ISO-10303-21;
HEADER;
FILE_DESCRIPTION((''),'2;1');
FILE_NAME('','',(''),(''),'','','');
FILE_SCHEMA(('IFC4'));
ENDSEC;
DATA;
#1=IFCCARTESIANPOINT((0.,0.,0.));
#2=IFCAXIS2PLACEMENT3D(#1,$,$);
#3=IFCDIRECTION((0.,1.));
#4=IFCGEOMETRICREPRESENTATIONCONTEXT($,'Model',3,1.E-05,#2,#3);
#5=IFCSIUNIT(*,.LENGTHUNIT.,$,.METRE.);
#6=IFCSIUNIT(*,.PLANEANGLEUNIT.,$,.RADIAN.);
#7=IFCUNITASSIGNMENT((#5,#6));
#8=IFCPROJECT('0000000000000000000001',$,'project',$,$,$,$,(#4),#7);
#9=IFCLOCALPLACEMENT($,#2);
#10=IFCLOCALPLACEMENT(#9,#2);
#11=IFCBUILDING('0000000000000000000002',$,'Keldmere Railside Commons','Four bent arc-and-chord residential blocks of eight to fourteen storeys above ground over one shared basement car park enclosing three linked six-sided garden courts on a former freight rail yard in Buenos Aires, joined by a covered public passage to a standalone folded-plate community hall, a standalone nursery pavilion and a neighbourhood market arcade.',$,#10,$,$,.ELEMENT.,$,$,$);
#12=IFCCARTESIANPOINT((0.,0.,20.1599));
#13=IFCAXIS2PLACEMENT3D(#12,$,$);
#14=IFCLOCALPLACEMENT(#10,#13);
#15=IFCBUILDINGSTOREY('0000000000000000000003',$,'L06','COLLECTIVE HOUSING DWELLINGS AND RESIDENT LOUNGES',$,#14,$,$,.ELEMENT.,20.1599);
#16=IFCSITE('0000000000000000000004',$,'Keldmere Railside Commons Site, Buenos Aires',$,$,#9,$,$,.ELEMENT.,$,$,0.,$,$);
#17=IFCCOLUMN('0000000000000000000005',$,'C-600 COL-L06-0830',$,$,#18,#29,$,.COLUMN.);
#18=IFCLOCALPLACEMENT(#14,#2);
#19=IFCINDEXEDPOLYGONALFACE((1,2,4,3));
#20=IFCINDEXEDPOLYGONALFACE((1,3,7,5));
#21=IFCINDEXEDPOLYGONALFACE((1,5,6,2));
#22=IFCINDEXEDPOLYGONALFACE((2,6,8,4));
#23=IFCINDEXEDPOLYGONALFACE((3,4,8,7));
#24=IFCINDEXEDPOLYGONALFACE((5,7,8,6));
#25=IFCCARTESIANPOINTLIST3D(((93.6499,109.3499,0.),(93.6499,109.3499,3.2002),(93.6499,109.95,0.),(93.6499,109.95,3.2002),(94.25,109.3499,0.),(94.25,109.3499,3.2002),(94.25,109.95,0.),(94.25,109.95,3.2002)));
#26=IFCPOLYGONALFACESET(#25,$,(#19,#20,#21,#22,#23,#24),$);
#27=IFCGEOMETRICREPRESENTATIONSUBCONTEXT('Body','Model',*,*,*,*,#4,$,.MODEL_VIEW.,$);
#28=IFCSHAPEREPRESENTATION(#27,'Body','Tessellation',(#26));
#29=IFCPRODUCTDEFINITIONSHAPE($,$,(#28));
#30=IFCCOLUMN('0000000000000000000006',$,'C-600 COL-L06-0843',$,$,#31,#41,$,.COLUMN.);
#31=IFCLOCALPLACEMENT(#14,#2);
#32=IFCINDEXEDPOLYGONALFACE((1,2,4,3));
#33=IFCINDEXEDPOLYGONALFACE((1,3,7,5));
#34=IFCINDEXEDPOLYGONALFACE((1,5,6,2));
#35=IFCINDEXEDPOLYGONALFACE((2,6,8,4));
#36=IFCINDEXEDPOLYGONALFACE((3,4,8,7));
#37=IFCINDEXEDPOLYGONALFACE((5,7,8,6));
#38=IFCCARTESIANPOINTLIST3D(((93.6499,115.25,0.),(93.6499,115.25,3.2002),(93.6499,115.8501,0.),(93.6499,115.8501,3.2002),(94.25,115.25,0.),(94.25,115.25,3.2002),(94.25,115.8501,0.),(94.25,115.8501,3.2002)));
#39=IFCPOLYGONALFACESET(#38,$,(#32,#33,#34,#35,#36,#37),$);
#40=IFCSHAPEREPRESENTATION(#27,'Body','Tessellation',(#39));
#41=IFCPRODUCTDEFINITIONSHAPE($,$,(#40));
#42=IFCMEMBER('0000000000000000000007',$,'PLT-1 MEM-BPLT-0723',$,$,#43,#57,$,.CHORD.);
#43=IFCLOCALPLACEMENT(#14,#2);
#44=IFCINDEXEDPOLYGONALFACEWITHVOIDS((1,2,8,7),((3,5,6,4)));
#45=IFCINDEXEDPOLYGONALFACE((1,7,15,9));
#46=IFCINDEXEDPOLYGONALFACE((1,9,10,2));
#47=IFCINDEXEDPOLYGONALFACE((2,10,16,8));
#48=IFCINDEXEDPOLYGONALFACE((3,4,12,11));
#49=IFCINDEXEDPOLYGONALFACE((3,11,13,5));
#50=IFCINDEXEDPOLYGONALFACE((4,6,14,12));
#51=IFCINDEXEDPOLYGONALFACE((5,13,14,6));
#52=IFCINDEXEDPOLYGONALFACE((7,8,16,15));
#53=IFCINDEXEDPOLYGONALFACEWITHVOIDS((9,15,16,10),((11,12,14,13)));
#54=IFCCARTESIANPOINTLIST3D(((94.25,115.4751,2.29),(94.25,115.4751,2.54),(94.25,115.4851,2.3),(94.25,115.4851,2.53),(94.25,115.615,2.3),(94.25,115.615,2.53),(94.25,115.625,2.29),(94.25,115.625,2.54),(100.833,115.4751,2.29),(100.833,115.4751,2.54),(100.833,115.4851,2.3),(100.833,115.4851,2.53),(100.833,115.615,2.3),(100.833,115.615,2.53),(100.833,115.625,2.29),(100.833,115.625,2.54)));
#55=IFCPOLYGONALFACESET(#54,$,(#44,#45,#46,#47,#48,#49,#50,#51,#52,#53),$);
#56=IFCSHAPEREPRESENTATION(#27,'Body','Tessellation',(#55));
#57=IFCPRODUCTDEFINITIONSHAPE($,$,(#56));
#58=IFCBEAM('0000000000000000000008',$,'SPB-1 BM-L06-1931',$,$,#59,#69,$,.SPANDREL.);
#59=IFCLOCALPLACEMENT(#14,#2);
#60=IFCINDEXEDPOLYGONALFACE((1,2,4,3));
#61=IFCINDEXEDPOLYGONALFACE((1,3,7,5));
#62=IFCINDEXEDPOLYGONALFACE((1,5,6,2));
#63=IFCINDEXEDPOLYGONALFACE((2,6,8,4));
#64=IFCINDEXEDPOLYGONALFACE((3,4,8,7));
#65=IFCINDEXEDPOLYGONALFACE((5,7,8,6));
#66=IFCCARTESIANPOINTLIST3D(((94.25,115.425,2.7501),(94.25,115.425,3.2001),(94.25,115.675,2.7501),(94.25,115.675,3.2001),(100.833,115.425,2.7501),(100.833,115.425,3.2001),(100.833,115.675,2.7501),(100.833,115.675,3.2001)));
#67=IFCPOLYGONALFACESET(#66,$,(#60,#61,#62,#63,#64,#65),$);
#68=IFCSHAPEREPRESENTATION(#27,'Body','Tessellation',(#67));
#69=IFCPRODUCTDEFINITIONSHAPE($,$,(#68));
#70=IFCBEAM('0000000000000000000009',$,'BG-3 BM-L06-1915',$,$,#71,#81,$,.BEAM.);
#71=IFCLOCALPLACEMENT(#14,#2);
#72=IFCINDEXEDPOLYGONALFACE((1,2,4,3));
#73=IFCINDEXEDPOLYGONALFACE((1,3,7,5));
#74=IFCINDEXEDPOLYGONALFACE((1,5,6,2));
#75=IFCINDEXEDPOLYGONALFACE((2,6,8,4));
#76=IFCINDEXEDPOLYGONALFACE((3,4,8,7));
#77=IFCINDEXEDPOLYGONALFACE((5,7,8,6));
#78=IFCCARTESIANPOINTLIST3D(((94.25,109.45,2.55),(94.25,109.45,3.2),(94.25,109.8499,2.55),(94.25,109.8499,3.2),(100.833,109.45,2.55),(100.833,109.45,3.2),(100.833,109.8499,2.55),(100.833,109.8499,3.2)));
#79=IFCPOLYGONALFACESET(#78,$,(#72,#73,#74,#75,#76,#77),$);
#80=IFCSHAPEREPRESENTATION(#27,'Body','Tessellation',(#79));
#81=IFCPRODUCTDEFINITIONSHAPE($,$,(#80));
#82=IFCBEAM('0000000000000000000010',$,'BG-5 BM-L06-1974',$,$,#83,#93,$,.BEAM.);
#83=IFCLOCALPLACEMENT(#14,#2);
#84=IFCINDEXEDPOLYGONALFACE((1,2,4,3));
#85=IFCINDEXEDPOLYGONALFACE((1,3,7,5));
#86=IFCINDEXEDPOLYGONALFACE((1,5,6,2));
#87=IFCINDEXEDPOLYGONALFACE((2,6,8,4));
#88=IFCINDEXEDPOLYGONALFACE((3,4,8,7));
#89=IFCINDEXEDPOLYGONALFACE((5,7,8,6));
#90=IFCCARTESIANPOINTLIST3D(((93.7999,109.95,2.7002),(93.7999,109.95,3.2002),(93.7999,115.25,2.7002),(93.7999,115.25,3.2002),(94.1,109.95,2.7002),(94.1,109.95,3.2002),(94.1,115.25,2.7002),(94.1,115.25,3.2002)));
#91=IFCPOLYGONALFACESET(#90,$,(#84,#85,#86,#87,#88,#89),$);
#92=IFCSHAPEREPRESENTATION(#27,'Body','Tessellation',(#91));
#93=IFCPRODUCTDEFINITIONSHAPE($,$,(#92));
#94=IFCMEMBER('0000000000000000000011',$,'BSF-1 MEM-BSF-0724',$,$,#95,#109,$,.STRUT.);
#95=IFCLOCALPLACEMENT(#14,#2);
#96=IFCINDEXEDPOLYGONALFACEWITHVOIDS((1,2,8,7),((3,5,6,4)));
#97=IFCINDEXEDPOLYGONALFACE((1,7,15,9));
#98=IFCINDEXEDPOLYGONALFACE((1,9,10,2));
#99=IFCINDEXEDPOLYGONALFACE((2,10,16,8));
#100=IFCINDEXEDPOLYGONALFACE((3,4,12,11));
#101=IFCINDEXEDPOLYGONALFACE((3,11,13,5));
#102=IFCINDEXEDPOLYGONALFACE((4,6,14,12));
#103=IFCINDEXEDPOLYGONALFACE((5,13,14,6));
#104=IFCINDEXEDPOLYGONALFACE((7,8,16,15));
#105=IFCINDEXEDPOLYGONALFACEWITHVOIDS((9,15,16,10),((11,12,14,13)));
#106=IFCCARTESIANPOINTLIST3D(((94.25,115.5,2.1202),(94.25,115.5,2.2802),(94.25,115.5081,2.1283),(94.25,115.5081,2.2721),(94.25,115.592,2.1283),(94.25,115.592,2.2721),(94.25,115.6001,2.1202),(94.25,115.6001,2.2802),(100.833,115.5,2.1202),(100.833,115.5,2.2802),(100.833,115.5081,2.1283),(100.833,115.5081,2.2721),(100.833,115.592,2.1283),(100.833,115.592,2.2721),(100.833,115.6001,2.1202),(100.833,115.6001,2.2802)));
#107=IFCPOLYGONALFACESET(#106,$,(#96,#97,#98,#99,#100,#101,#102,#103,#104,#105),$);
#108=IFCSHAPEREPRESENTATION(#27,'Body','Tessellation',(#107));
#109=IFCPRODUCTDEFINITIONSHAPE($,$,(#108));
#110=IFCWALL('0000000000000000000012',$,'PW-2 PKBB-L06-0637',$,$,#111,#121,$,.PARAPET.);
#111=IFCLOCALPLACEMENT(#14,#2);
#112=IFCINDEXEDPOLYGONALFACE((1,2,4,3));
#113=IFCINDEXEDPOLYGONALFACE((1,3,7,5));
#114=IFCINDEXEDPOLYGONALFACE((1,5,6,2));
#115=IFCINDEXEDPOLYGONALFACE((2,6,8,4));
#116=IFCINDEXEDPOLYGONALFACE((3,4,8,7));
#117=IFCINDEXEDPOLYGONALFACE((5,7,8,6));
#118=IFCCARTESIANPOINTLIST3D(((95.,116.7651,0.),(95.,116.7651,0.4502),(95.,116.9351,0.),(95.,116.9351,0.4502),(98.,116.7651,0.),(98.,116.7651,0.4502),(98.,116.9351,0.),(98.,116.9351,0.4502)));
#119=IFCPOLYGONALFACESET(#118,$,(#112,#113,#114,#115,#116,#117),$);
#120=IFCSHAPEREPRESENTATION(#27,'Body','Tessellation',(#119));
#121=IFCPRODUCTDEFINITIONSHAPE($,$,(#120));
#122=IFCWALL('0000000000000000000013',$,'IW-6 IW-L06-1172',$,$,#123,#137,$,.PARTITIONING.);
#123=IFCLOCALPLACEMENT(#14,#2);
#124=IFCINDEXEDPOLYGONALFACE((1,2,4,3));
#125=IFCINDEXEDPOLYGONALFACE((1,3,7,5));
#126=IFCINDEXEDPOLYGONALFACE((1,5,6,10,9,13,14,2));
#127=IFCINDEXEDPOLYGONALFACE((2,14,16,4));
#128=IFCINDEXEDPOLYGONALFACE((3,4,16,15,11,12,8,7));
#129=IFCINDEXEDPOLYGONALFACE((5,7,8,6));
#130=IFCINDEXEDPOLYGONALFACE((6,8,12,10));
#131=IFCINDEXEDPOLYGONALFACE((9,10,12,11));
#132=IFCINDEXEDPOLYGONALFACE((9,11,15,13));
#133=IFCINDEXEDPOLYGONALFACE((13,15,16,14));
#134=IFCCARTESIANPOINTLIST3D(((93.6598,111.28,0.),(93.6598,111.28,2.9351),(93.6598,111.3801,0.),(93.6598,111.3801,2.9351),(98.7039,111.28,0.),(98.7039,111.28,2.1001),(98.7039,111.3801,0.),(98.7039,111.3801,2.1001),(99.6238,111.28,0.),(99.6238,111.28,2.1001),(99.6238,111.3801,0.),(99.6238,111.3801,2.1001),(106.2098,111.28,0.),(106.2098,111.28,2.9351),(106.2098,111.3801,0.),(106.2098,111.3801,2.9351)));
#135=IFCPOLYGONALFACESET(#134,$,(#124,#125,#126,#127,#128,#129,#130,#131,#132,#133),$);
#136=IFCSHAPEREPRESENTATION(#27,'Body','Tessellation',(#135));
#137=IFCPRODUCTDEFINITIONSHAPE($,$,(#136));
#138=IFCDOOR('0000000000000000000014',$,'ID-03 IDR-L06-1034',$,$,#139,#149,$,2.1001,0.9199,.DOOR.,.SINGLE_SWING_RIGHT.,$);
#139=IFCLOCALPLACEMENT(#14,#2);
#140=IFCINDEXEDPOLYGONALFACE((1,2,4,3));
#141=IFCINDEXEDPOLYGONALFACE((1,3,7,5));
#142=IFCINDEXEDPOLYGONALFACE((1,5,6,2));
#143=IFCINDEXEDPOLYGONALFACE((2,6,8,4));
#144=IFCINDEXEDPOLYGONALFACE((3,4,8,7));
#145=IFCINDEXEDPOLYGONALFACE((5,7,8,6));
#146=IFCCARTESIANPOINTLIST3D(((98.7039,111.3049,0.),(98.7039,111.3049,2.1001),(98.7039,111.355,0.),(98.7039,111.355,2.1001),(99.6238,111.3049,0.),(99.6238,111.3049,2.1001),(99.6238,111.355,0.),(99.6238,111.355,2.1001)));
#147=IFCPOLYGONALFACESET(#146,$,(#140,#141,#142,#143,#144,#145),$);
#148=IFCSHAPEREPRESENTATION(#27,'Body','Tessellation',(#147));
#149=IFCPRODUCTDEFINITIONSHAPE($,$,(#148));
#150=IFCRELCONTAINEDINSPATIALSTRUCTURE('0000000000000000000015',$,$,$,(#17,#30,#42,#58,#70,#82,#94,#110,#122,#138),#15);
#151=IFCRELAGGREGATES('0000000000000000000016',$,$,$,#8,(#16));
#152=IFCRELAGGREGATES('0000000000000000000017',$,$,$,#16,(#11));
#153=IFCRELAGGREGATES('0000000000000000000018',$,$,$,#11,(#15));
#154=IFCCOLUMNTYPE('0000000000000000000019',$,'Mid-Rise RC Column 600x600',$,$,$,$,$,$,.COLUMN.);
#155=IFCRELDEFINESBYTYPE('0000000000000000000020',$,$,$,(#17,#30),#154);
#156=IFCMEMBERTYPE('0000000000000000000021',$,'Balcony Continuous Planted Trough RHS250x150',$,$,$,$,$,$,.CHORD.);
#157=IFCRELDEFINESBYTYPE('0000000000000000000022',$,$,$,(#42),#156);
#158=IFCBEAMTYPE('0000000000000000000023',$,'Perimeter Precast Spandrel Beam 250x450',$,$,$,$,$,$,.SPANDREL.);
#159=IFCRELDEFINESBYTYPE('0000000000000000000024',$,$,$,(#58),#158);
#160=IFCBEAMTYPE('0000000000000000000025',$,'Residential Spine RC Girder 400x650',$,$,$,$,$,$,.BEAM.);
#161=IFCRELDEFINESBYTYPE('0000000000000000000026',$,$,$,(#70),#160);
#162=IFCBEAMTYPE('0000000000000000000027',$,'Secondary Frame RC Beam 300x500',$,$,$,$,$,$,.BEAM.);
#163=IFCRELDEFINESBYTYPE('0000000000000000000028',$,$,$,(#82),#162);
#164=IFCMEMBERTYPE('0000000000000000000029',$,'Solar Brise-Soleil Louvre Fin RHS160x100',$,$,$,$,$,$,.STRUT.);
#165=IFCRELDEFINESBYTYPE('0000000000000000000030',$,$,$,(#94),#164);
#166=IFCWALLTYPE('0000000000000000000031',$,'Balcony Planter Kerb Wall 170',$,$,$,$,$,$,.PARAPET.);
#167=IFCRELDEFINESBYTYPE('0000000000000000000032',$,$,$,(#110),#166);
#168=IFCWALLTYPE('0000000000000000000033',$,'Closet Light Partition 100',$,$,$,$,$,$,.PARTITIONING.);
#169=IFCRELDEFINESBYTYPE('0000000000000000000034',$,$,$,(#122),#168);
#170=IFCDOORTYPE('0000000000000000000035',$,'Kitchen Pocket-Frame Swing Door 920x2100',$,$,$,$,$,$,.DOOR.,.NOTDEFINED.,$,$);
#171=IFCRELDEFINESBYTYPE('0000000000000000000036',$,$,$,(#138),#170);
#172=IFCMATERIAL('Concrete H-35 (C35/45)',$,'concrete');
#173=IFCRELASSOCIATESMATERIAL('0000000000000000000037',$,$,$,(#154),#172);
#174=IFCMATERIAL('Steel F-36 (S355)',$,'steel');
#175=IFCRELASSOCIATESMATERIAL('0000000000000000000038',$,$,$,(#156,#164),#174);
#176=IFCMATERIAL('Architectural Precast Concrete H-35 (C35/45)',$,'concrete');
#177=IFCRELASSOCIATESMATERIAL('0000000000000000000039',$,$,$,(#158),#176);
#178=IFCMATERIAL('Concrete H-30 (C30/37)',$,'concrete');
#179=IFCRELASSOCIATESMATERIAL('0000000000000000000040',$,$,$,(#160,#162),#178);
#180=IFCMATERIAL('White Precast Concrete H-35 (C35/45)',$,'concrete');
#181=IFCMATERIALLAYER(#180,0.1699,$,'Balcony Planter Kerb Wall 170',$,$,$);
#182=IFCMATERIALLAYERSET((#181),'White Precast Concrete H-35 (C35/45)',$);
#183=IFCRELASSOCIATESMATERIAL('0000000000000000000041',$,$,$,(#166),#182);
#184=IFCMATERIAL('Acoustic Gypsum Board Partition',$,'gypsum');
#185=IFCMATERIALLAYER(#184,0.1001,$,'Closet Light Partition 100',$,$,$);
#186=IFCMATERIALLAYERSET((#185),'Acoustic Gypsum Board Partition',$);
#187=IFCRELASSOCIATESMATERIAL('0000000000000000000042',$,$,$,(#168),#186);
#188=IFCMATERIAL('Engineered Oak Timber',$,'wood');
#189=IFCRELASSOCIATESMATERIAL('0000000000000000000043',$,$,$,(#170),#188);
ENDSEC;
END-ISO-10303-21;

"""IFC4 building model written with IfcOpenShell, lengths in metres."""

from ifc_helpers import new_model, si_unit, direction, frame, frame_2d, origin, origin_2d, place, context, subcontext, project, spatial, rectangle, hollow_rectangle, extrude, material, layer, layer_set, material_profile, profile_set, type_object, element, fill, save


model = new_model("IFC4")

# Units and contexts
model_context = context("Model", 3, precision=1e-05, world=origin(), true_north=direction((0.0, 1.0)))
body_context = subcontext(model_context, "Body", "Model", "MODEL_VIEW")
ifc_project = project(units=[si_unit("LENGTHUNIT", "METRE"), si_unit("PLANEANGLEUNIT", "RADIAN")], contexts=[model_context])

# Site, building, storey
site_placement = place(None, origin())
site = spatial("IfcSite", under=ifc_project, at=site_placement, Name="Keldmere Railside Commons Site, Buenos Aires", CompositionType="ELEMENT", RefElevation=0.0)
building_placement = place(site_placement, origin())
building = spatial("IfcBuilding", under=site, at=building_placement, Name="Keldmere Railside Commons", Description="Four bent arc-and-chord residential blocks of eight to fourteen storeys above ground over one shared basement car park enclosing three linked six-sided garden courts on a former freight rail yard in Buenos Aires, joined by a covered public passage to a standalone folded-plate community hall, a standalone nursery pavilion and a neighbourhood market arcade.", CompositionType="ELEMENT")
storey_placement = place(building_placement, frame((0.0, 0.0, 20.1599)))
storey = spatial("IfcBuildingStorey", under=building, at=storey_placement, Name="L06", Description="COLLECTIVE HOUSING DWELLINGS AND RESIDENT LOUNGES", CompositionType="ELEMENT", Elevation=20.1599)

# Columns
ifc_material_1 = material(Name="Concrete H-35 (C35/45)", Category="concrete")
ifc_material_profile_1 = material_profile(ifc_material_1, rectangle(XDim=0.6001, YDim=0.6001, at=origin_2d()), Name="RC-600x600")
ifc_profile_set_1 = profile_set([ifc_material_profile_1], Name="Concrete H-35 (C35/45)")
column_type = type_object("IfcColumnType", Name="Mid-Rise RC Column 600x600", PredefinedType="COLUMN", material=ifc_profile_set_1)
for number, where, z_axis, x_axis, name in (
    (1, (93.95, 109.6499, 0.0), (0.0, 0.0, 1.0), (1.0, 0.0, 0.0), "C-600 COL-L06-0830"),
    (2, (93.95, 115.55, 0.0), (0.0, 0.0, 1.0), (1.0, 0.0, 0.0), "C-600 COL-L06-0843"),
):
    element("IfcColumn", number, at=place(storey_placement, frame(where, z_axis=z_axis, x_axis=x_axis)), inside=storey, type_object=column_type, Name=name, PredefinedType="COLUMN", context=body_context, shape_type="SweptSolid", body=[
        extrude(rectangle(XDim=0.6001, YDim=0.6001, at=origin_2d()), origin(), (0.0, 0.0, 1.0), 3.2002),
    ])

# Member
ifc_material_2 = material(Name="Steel F-36 (S355)", Category="steel")
ifc_material_profile_2 = material_profile(ifc_material_2, hollow_rectangle(XDim=0.1499, YDim=0.25, WallThickness=0.01, at=origin_2d()), Name="RHS-250x150x10")
ifc_profile_set_2 = profile_set([ifc_material_profile_2], Name="Steel F-36 (S355)")
member_type_1 = type_object("IfcMemberType", Name="Balcony Continuous Planted Trough RHS250x150", PredefinedType="CHORD", material=ifc_profile_set_2)
member_1_placement = place(storey_placement, frame((94.25, 115.55, 2.415), z_axis=(1.0, 0.0, 0.0), x_axis=(0.0, 1.0, 0.0)))
element("IfcMember", 3, at=member_1_placement, inside=storey, type_object=member_type_1, Name="PLT-1 MEM-BPLT-0723", PredefinedType="CHORD", context=body_context, shape_type="SweptSolid", body=[
    extrude(hollow_rectangle(XDim=0.1499, YDim=0.25, WallThickness=0.01, at=origin_2d()), origin(), (0.0, 0.0, 1.0), 6.583),
])

# Beams
ifc_material_3 = material(Name="Architectural Precast Concrete H-35 (C35/45)", Category="concrete")
ifc_material_profile_3 = material_profile(ifc_material_3, rectangle(XDim=0.25, YDim=0.45, at=origin_2d()), Name="RC-250x450")
ifc_profile_set_3 = profile_set([ifc_material_profile_3], Name="Architectural Precast Concrete H-35 (C35/45)")
beam_type_1 = type_object("IfcBeamType", Name="Perimeter Precast Spandrel Beam 250x450", PredefinedType="SPANDREL", material=ifc_profile_set_3)
beam_1_placement = place(storey_placement, frame((94.25, 115.55, 2.9751), z_axis=(1.0, 0.0, 0.0), x_axis=(0.0, 1.0, 0.0)))
element("IfcBeam", 4, at=beam_1_placement, inside=storey, type_object=beam_type_1, Name="SPB-1 BM-L06-1931", PredefinedType="SPANDREL", context=body_context, shape_type="SweptSolid", body=[
    extrude(rectangle(XDim=0.25, YDim=0.45, at=origin_2d()), origin(), (0.0, 0.0, 1.0), 6.583),
])
ifc_material_4 = material(Name="Concrete H-30 (C30/37)", Category="concrete")
ifc_material_profile_4 = material_profile(ifc_material_4, rectangle(XDim=0.3999, YDim=0.6499, at=origin_2d()), Name="RC-400x650")
ifc_profile_set_4 = profile_set([ifc_material_profile_4], Name="Concrete H-30 (C30/37)")
beam_type_2 = type_object("IfcBeamType", Name="Residential Spine RC Girder 400x650", PredefinedType="BEAM", material=ifc_profile_set_4)
beam_2_placement = place(storey_placement, frame((94.25, 109.6499, 2.875), z_axis=(1.0, 0.0, 0.0), x_axis=(0.0, 1.0, 0.0)))
element("IfcBeam", 5, at=beam_2_placement, inside=storey, type_object=beam_type_2, Name="BG-3 BM-L06-1915", PredefinedType="BEAM", context=body_context, shape_type="SweptSolid", body=[
    extrude(rectangle(XDim=0.3999, YDim=0.6499, at=origin_2d()), origin(), (0.0, 0.0, 1.0), 6.583),
])
ifc_material_profile_5 = material_profile(ifc_material_4, rectangle(XDim=0.3, YDim=0.5, at=origin_2d()), Name="RC-300x500")
ifc_profile_set_5 = profile_set([ifc_material_profile_5], Name="Concrete H-30 (C30/37)")
beam_type_3 = type_object("IfcBeamType", Name="Secondary Frame RC Beam 300x500", PredefinedType="BEAM", material=ifc_profile_set_5)
beam_3_placement = place(storey_placement, frame((93.95, 109.95, 2.9502), z_axis=(0.0, 1.0, 0.0), x_axis=(-1.0, 0.0, 0.0)))
element("IfcBeam", 6, at=beam_3_placement, inside=storey, type_object=beam_type_3, Name="BG-5 BM-L06-1974", PredefinedType="BEAM", context=body_context, shape_type="SweptSolid", body=[
    extrude(rectangle(XDim=0.3, YDim=0.5, at=origin_2d()), origin(), (0.0, 0.0, 1.0), 5.3),
])

# Member
ifc_material_profile_6 = material_profile(ifc_material_2, hollow_rectangle(XDim=0.1001, YDim=0.1599, WallThickness=0.0081, at=origin_2d()), Name="RHS-160x100x8")
ifc_profile_set_6 = profile_set([ifc_material_profile_6], Name="Steel F-36 (S355)")
member_type_2 = type_object("IfcMemberType", Name="Solar Brise-Soleil Louvre Fin RHS160x100", PredefinedType="STRUT", material=ifc_profile_set_6)
member_2_placement = place(storey_placement, frame((94.25, 115.55, 2.2002), z_axis=(1.0, 0.0, 0.0), x_axis=(0.0, 1.0, 0.0)))
element("IfcMember", 7, at=member_2_placement, inside=storey, type_object=member_type_2, Name="BSF-1 MEM-BSF-0724", PredefinedType="STRUT", context=body_context, shape_type="SweptSolid", body=[
    extrude(hollow_rectangle(XDim=0.1001, YDim=0.1599, WallThickness=0.0081, at=origin_2d()), origin(), (0.0, 0.0, 1.0), 6.583),
])

# Wall
ifc_material_5 = material(Name="White Precast Concrete H-35 (C35/45)", Category="concrete")
ifc_layer_1 = layer(ifc_material_5, 0.1699, Name="Balcony Planter Kerb Wall 170")
ifc_layer_set_1 = layer_set([ifc_layer_1], Name="White Precast Concrete H-35 (C35/45)")
wall_type_1 = type_object("IfcWallType", Name="Balcony Planter Kerb Wall 170", PredefinedType="PARAPET", material=ifc_layer_set_1)
wall_1_placement = place(storey_placement, frame((95.0, 116.8501, 0.0), z_axis=(0.0, 0.0, 1.0), x_axis=(1.0, 0.0, 0.0)))
element("IfcWall", 8, at=wall_1_placement, inside=storey, type_object=wall_type_1, Name="PW-2 PKBB-L06-0637", PredefinedType="PARAPET", context=body_context, shape_type="SweptSolid", body=[
    extrude(rectangle(XDim=3.0, YDim=0.1699, at=frame_2d((1.5, 0.0))), origin(), (0.0, 0.0, 1.0), 0.4502),
])

# Wall, opening, door
ifc_material_6 = material(Name="Acoustic Gypsum Board Partition", Category="gypsum")
ifc_layer_2 = layer(ifc_material_6, 0.1001, Name="Closet Light Partition 100")
ifc_layer_set_2 = layer_set([ifc_layer_2], Name="Acoustic Gypsum Board Partition")
wall_type_2 = type_object("IfcWallType", Name="Closet Light Partition 100", PredefinedType="PARTITIONING", material=ifc_layer_set_2)
wall_2_placement = place(storey_placement, frame((93.6599, 111.3301, 0.0), z_axis=(0.0, 0.0, 1.0), x_axis=(1.0, 0.0, 0.0)))
wall_2 = element("IfcWall", 9, at=wall_2_placement, inside=storey, type_object=wall_type_2, Name="IW-6 IW-L06-1172", PredefinedType="PARTITIONING", context=body_context, shape_type="SweptSolid", body=[
    extrude(rectangle(XDim=12.55, YDim=0.1001, at=frame_2d((6.2749, 0.0))), origin(), (0.0, 0.0, 1.0), 2.9351),
])
opening_1_placement = place(wall_2_placement, frame((5.0439, 0.0, 0.0)))
opening_1 = element("IfcOpeningElement", 10, at=opening_1_placement, cuts=wall_2, PredefinedType="OPENING", context=body_context, shape_type="SweptSolid", body=[
    extrude(rectangle(XDim=0.9199, YDim=2.1001, at=frame_2d((0.46, 1.05))), frame((0.0, 0.0601, 0.0), z_axis=(0.0, -1.0, 0.0), x_axis=(1.0, 0.0, 0.0)), (0.0, 0.0, 1.0), 0.1201),
])
ifc_material_7 = material(Name="Engineered Oak Timber", Category="wood")
door_type_1 = type_object("IfcDoorType", Name="Kitchen Pocket-Frame Swing Door 920x2100", OperationType="NOTDEFINED", PredefinedType="DOOR", material=ifc_material_7)
door_1_placement = place(opening_1_placement, origin())
door_1 = element("IfcDoor", 11, at=door_1_placement, inside=storey, type_object=door_type_1, Name="ID-03 IDR-L06-1034", OperationType="SINGLE_SWING_RIGHT", OverallHeight=2.1001, OverallWidth=0.9199, PredefinedType="DOOR", context=body_context, shape_type="SweptSolid", body=[
    extrude(rectangle(XDim=0.9199, YDim=2.1001, at=frame_2d((0.46, 1.05))), frame((0.0, 0.0249, 0.0), z_axis=(0.0, -1.0, 0.0), x_axis=(1.0, 0.0, 0.0)), (0.0, 0.0, 1.0), 0.05),
])
fill(opening_1, door_1)

save(model, "model.ifc")
